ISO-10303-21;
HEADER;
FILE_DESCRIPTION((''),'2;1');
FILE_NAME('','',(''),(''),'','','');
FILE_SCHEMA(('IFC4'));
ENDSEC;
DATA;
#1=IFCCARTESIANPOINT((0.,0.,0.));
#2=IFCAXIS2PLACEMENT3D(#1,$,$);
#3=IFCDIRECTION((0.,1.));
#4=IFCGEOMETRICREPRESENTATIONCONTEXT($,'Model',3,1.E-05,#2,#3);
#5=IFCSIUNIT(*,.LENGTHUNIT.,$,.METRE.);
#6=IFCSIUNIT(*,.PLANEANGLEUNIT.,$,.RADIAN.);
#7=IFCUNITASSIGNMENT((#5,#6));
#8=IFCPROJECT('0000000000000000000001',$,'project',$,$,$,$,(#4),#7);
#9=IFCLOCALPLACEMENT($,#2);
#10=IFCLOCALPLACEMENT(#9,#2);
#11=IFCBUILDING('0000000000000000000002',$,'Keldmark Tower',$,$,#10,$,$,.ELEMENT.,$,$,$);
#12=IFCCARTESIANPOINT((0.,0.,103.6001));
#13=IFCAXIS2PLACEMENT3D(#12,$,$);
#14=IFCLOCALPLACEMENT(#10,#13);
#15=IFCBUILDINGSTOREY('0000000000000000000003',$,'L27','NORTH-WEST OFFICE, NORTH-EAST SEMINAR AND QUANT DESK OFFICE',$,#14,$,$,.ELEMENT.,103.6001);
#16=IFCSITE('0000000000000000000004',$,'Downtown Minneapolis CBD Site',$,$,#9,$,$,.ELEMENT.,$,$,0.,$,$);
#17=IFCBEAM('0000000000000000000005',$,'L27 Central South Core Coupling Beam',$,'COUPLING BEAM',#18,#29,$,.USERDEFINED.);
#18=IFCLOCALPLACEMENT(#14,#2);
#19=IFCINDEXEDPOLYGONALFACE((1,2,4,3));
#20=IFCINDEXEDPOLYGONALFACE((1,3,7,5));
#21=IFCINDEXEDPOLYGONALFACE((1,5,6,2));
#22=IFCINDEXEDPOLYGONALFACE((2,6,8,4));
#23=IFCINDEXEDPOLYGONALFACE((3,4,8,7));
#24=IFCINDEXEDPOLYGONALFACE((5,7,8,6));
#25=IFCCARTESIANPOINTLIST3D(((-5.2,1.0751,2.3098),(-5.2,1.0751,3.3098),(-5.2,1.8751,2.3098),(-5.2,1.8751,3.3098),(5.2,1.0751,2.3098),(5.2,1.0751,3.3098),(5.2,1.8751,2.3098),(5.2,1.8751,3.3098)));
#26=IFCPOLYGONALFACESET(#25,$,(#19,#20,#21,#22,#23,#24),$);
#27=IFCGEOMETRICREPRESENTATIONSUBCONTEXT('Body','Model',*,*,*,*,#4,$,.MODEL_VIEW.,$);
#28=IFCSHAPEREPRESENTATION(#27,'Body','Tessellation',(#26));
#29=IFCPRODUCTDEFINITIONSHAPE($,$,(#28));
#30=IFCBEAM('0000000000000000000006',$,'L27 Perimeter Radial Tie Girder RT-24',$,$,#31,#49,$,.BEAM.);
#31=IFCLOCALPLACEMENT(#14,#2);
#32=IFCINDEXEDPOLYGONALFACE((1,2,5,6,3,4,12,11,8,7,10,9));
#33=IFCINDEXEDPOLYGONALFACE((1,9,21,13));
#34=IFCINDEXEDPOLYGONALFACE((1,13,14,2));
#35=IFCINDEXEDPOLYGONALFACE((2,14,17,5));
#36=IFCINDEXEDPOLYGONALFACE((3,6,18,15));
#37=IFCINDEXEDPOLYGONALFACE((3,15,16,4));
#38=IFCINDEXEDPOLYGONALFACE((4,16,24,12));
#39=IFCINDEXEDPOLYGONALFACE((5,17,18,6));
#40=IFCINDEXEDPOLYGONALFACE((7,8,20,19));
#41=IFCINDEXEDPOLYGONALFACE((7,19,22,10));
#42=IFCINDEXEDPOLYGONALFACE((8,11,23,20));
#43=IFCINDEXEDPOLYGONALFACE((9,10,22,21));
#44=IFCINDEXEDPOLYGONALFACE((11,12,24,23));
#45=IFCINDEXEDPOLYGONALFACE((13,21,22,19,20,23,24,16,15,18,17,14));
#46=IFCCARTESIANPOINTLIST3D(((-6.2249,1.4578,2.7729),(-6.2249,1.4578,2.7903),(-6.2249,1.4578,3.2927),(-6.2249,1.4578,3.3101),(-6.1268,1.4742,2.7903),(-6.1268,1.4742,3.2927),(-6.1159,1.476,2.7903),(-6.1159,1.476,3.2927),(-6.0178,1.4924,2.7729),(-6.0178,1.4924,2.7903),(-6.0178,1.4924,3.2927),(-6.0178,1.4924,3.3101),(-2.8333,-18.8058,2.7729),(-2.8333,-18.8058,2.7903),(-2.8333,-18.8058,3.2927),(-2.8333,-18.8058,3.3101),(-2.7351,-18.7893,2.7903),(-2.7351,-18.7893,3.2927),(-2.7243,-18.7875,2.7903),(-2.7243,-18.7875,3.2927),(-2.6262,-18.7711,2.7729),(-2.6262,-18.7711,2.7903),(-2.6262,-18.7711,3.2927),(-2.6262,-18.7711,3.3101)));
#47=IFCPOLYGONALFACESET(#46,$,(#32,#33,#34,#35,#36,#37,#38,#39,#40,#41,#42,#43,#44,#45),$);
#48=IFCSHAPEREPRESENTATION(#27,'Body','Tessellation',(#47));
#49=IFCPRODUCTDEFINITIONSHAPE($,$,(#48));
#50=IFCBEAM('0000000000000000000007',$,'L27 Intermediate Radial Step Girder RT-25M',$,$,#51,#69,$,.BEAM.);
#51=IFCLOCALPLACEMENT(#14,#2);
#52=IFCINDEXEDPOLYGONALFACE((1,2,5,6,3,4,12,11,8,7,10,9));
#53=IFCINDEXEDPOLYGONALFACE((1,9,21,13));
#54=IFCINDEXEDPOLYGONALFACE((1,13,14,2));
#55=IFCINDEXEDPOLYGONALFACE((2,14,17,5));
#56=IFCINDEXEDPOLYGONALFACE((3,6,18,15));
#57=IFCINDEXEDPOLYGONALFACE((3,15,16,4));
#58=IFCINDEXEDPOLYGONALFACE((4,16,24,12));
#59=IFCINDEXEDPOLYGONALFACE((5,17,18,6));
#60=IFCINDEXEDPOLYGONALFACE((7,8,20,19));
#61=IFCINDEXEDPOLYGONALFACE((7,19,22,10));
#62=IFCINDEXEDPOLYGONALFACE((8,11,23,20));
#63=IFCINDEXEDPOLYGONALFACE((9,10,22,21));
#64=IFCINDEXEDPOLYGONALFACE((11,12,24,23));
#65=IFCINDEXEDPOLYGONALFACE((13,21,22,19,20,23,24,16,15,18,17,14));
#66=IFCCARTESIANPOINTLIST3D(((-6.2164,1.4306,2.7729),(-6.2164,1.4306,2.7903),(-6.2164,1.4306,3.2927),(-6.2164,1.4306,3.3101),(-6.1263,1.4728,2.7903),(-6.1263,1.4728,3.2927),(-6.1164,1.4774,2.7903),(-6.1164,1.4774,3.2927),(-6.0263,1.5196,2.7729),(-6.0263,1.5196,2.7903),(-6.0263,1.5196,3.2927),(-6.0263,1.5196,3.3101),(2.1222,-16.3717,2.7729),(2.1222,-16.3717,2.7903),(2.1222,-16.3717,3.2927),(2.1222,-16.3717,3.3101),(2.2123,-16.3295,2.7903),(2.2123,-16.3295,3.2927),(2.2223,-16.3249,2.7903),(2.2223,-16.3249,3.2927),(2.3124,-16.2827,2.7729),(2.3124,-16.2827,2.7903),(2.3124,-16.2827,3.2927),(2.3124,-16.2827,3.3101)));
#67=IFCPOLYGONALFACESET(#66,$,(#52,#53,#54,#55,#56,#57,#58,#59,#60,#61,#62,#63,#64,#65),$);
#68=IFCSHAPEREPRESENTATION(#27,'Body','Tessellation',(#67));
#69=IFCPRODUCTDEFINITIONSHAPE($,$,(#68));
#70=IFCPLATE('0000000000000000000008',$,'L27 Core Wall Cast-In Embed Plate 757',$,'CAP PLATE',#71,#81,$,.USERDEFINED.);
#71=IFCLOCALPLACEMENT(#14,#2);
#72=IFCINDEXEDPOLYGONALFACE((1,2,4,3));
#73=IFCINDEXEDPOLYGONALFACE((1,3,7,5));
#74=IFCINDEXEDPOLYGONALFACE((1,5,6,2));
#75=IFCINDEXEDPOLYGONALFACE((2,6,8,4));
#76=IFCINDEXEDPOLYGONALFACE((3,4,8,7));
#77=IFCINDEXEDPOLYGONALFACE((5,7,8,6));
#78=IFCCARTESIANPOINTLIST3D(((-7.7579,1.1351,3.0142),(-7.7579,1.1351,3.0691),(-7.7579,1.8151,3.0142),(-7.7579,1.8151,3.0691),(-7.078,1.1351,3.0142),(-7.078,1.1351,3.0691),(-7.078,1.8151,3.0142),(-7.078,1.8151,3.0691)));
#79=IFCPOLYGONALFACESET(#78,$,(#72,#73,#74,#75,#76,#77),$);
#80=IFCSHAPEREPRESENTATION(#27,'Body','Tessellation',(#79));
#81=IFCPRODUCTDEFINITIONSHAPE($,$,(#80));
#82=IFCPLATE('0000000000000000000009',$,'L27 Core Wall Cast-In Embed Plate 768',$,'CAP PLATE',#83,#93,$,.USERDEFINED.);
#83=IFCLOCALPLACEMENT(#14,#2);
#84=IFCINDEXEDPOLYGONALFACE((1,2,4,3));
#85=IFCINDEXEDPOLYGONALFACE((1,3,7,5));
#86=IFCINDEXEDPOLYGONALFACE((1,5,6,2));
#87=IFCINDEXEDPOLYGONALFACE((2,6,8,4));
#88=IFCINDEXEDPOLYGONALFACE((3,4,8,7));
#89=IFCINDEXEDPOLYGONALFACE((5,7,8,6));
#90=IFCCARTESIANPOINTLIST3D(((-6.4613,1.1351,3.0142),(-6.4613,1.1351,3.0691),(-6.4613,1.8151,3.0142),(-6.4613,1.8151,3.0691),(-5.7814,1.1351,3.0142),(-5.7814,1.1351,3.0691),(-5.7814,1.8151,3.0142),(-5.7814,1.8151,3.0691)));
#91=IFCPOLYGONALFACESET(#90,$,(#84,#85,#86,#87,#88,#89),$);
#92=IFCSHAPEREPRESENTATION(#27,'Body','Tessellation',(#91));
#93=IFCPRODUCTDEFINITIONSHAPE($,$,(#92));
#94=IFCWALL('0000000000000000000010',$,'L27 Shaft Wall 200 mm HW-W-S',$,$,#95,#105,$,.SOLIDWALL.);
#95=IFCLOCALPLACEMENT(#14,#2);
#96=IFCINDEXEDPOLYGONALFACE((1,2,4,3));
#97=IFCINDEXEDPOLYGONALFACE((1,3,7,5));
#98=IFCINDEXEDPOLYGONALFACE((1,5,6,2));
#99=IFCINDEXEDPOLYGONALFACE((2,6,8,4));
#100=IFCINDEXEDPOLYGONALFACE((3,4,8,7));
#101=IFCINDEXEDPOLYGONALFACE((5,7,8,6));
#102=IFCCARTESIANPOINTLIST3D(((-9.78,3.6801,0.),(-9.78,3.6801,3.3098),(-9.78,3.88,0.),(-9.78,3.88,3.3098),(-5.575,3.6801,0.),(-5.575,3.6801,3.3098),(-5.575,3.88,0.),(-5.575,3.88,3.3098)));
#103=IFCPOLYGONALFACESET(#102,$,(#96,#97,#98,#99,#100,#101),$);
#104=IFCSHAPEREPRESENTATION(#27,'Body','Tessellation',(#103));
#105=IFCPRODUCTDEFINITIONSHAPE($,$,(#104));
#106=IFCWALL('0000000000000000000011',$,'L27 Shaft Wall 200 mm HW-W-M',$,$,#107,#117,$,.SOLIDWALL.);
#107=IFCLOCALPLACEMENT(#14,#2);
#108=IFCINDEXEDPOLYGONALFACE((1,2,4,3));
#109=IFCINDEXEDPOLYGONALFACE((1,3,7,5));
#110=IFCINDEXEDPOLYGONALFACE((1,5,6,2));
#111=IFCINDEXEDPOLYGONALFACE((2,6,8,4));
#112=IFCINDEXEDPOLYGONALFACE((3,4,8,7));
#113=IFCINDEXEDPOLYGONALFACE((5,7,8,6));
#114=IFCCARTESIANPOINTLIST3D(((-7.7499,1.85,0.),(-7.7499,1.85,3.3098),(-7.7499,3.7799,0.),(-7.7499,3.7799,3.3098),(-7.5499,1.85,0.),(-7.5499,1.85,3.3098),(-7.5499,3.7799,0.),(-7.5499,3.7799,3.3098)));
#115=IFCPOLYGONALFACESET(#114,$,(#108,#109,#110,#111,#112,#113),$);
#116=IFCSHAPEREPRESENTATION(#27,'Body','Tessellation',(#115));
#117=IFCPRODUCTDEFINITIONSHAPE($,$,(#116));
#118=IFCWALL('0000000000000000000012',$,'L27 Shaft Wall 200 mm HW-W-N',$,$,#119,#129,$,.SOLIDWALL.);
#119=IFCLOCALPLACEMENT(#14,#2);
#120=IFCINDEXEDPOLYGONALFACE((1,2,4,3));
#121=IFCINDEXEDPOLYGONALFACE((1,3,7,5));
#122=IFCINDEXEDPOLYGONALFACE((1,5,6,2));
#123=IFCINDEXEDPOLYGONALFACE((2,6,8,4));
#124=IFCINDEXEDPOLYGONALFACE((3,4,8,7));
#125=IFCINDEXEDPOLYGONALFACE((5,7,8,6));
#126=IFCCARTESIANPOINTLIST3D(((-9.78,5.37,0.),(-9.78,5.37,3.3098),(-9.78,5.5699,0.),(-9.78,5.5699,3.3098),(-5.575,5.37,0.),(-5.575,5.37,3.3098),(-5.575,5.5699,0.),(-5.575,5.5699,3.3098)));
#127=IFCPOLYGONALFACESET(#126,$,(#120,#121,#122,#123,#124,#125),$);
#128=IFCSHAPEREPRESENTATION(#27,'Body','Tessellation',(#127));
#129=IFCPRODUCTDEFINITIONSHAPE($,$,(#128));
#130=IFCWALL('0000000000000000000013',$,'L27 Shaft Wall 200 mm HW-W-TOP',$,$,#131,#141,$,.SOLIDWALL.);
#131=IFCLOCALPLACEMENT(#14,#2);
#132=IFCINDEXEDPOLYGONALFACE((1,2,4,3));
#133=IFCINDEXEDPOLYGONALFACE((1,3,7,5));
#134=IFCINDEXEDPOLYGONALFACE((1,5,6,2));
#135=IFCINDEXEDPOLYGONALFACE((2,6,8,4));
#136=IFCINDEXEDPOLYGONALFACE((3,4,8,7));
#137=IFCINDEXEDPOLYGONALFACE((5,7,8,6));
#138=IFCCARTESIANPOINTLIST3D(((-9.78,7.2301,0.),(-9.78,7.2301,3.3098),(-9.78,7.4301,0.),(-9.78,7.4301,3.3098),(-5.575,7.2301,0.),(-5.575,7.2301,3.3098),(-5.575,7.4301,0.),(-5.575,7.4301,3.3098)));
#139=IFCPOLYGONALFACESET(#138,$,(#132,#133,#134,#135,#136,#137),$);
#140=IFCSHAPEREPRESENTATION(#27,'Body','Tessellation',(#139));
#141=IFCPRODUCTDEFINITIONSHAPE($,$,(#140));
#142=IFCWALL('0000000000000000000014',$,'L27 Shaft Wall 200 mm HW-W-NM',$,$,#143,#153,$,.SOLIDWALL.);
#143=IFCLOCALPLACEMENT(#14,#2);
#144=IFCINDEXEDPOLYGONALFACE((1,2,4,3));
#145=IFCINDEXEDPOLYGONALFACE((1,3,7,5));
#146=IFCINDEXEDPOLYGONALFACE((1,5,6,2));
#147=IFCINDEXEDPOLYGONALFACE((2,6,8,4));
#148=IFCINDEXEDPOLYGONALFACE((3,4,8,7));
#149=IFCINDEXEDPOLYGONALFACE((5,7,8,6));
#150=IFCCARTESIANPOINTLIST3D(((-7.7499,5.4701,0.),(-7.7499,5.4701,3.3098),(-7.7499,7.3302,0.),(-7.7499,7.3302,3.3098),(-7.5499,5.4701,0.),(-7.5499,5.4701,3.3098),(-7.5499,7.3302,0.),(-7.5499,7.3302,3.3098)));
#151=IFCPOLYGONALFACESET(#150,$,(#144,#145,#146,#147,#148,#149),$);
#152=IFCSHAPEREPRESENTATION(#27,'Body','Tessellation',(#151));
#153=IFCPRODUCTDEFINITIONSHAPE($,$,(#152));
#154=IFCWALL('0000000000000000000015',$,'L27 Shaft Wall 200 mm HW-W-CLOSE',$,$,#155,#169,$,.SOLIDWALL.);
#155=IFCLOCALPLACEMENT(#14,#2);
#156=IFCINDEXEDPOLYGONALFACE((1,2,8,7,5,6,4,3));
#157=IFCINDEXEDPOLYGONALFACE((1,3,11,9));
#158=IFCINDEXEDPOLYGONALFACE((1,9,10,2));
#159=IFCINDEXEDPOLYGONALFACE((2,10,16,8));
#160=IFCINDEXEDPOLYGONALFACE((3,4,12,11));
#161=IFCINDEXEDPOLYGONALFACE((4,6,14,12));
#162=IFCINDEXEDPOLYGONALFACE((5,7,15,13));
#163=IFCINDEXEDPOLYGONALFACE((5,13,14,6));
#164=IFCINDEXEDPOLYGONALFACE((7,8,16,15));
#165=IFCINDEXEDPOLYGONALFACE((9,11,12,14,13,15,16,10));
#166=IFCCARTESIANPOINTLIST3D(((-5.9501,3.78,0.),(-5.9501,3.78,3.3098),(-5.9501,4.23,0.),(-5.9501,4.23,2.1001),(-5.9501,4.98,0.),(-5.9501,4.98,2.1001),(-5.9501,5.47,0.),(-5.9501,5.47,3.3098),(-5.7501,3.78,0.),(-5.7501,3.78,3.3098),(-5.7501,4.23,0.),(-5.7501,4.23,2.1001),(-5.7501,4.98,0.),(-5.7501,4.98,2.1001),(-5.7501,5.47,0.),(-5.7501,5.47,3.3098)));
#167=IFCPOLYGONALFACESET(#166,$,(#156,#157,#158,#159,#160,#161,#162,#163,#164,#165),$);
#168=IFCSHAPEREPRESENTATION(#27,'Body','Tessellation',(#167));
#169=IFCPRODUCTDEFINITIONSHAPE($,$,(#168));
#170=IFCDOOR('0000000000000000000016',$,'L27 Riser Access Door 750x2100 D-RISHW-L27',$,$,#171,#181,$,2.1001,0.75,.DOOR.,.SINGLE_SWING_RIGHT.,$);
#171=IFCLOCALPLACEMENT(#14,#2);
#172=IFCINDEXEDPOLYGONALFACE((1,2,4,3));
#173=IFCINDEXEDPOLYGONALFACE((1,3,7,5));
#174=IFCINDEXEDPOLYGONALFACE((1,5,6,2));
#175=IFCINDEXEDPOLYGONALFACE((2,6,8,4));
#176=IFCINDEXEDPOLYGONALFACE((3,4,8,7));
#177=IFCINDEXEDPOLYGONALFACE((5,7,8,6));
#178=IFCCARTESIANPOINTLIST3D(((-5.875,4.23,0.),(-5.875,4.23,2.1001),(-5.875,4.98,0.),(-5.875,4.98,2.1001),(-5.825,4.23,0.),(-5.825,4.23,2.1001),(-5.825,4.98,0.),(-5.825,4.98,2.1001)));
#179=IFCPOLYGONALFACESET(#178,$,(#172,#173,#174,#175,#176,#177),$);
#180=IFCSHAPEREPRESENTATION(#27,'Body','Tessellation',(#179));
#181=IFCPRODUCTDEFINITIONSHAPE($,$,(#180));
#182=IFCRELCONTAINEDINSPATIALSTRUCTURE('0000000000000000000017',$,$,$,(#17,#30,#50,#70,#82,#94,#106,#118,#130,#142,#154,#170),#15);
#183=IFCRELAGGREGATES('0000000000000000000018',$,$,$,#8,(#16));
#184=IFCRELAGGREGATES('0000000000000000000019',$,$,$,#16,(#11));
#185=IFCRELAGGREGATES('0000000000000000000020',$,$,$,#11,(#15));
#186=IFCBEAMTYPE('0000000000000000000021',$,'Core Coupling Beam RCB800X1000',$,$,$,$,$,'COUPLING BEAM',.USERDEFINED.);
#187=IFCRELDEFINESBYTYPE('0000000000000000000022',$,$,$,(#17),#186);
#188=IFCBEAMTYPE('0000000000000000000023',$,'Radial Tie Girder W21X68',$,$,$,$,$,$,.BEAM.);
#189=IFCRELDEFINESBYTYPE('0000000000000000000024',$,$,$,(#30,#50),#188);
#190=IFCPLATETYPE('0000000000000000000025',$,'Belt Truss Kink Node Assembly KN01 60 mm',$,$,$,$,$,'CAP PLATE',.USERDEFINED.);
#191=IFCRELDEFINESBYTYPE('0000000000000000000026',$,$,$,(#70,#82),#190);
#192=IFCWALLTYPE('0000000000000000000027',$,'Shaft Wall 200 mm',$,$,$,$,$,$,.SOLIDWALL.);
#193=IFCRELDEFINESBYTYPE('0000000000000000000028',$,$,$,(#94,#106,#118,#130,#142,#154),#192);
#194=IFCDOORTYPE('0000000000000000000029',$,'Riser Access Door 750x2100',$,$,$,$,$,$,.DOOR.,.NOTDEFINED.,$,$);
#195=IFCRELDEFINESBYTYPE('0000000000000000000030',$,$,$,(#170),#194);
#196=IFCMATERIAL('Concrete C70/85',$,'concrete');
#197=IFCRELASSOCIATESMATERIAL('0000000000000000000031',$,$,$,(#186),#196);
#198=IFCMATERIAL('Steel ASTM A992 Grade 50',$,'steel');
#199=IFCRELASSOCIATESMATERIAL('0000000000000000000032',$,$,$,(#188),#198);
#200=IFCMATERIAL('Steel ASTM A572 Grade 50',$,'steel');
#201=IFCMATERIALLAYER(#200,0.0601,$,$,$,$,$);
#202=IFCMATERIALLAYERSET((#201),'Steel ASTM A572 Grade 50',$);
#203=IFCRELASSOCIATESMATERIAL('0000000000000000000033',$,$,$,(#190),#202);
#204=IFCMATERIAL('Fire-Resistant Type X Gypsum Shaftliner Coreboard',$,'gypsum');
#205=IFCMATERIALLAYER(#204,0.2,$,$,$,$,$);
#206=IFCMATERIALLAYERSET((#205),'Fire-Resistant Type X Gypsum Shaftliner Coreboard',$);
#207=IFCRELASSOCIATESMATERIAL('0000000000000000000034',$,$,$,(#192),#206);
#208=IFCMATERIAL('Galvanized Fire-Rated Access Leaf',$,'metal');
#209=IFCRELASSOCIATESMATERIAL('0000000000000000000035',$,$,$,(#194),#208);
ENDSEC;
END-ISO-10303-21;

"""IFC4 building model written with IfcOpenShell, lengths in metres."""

from ifc_helpers import new_model, si_unit, direction, frame, frame_2d, origin, origin_2d, place, context, subcontext, project, spatial, rectangle, i_section, extrude, material, layer, layer_set, material_profile, profile_set, type_object, element, fill, save


model = new_model("IFC4")

# Units and contexts
model_context = context("Model", 3, precision=1e-05, world=origin(), true_north=direction((0.0, 1.0)))
body_context = subcontext(model_context, "Body", "Model", "MODEL_VIEW")
ifc_project = project(units=[si_unit("LENGTHUNIT", "METRE"), si_unit("PLANEANGLEUNIT", "RADIAN")], contexts=[model_context])

# Site, building, storey
site_placement = place(None, origin())
site = spatial("IfcSite", under=ifc_project, at=site_placement, Name="Downtown Minneapolis CBD Site", CompositionType="ELEMENT", RefElevation=0.0)
building_placement = place(site_placement, origin())
building = spatial("IfcBuilding", under=site, at=building_placement, Name="Keldmark Tower", CompositionType="ELEMENT")
storey_placement = place(building_placement, frame((0.0, 0.0, 103.6001)))
storey = spatial("IfcBuildingStorey", under=building, at=storey_placement, Name="L27", Description="NORTH-WEST OFFICE, NORTH-EAST SEMINAR AND QUANT DESK OFFICE", CompositionType="ELEMENT", Elevation=103.6001)

# Beams
ifc_material_1 = material(Name="Concrete C70/85", Category="concrete")
ifc_material_profile_1 = material_profile(ifc_material_1, rectangle(XDim=0.8, YDim=1.0, at=origin_2d()), Name="RCB800X1000")
ifc_profile_set_1 = profile_set([ifc_material_profile_1], Name="Concrete C70/85")
beam_type_1 = type_object("IfcBeamType", Name="Core Coupling Beam RCB800X1000", ElementType="COUPLING BEAM", PredefinedType="USERDEFINED", material=ifc_profile_set_1)
beam_1_placement = place(storey_placement, frame((-5.2, 1.4751, 2.8098), z_axis=(1.0, 0.0, 0.0), x_axis=(0.0, 1.0, 0.0)))
element("IfcBeam", 1, at=beam_1_placement, inside=storey, type_object=beam_type_1, Name="L27 Central South Core Coupling Beam", ObjectType="COUPLING BEAM", PredefinedType="USERDEFINED", context=body_context, shape_type="SweptSolid", body=[
    extrude(rectangle(XDim=0.8, YDim=1.0, at=origin_2d()), origin(), (0.0, 0.0, 1.0), 10.3999),
])
ifc_material_2 = material(Name="Steel ASTM A992 Grade 50", Category="steel")
ifc_material_profile_2 = material_profile(ifc_material_2, i_section(OverallWidth=0.21, OverallDepth=0.5371, WebThickness=0.011, FlangeThickness=0.0173, at=origin_2d()), Name="W21X68")
ifc_profile_set_2 = profile_set([ifc_material_profile_2], Name="Steel ASTM A992 Grade 50")
beam_type_2 = type_object("IfcBeamType", Name="Radial Tie Girder W21X68", PredefinedType="BEAM", material=ifc_profile_set_2)
beam_2_placement = place(storey_placement, frame((-6.1213, 1.4751, 3.0415), z_axis=(0.165079, -0.98628, 0.0), x_axis=(0.98628, 0.165079, 0.0)))
element("IfcBeam", 2, at=beam_2_placement, inside=storey, type_object=beam_type_2, Name="L27 Perimeter Radial Tie Girder RT-24", PredefinedType="BEAM", context=body_context, shape_type="SweptSolid", body=[
    extrude(i_section(OverallWidth=0.21, OverallDepth=0.5371, WebThickness=0.011, FlangeThickness=0.0173, at=origin_2d()), origin(), (0.0, 0.0, 1.0), 20.5454),
])
beam_3_placement = place(storey_placement, frame((-6.1213, 1.4751, 3.0415), z_axis=(0.424176, -0.90558, 0.0), x_axis=(0.90558, 0.424176, 0.0)))
element("IfcBeam", 3, at=beam_3_placement, inside=storey, type_object=beam_type_2, Name="L27 Intermediate Radial Step Girder RT-25M", PredefinedType="BEAM", context=body_context, shape_type="SweptSolid", body=[
    extrude(i_section(OverallWidth=0.21, OverallDepth=0.5371, WebThickness=0.011, FlangeThickness=0.0173, at=origin_2d()), origin(), (0.0, 0.0, 1.0), 19.6584),
])

# Plates
ifc_material_3 = material(Name="Steel ASTM A572 Grade 50", Category="steel")
ifc_layer_1 = layer(ifc_material_3, 0.0601)
ifc_layer_set_1 = layer_set([ifc_layer_1], Name="Steel ASTM A572 Grade 50")
plate_type = type_object("IfcPlateType", Name="Belt Truss Kink Node Assembly KN01 60 mm", ElementType="CAP PLATE", PredefinedType="USERDEFINED", material=ifc_layer_set_1)
for number, where, z_axis, x_axis, name in (
    (4, (-7.418, 1.4751, 3.0142), (0.0, 0.0, 1.0), (1.0, 0.0, 0.0), "L27 Core Wall Cast-In Embed Plate 757"),
    (5, (-6.1213, 1.4751, 3.0142), (0.0, 0.0, 1.0), (1.0, 0.0, 0.0), "L27 Core Wall Cast-In Embed Plate 768"),
):
    element("IfcPlate", number, at=place(storey_placement, frame(where, z_axis=z_axis, x_axis=x_axis)), inside=storey, type_object=plate_type, Name=name, ObjectType="CAP PLATE", PredefinedType="USERDEFINED", context=body_context, shape_type="SweptSolid", body=[
        extrude(rectangle(XDim=0.6799, YDim=0.6799, at=origin_2d()), origin(), (0.0, 0.0, 1.0), 0.0549),
    ])

# Walls
ifc_material_4 = material(Name="Fire-Resistant Type X Gypsum Shaftliner Coreboard", Category="gypsum")
ifc_layer_2 = layer(ifc_material_4, 0.2)
ifc_layer_set_2 = layer_set([ifc_layer_2], Name="Fire-Resistant Type X Gypsum Shaftliner Coreboard")
wall_type_1 = type_object("IfcWallType", Name="Shaft Wall 200 mm", PredefinedType="SOLIDWALL", material=ifc_layer_set_2)
wall_1_placement = place(storey_placement, frame((-9.78, 3.78, 0.0), z_axis=(0.0, 0.0, 1.0), x_axis=(1.0, 0.0, 0.0)))
element("IfcWall", 6, at=wall_1_placement, inside=storey, type_object=wall_type_1, Name="L27 Shaft Wall 200 mm HW-W-S", PredefinedType="SOLIDWALL", context=body_context, shape_type="SweptSolid", body=[
    extrude(rectangle(XDim=4.2051, YDim=0.2, at=frame_2d((2.1025, 0.0))), origin(), (0.0, 0.0, 1.0), 3.3098),
])
wall_2_placement = place(storey_placement, frame((-7.6499, 1.8501, 0.0), z_axis=(0.0, 0.0, 1.0), x_axis=(0.0, 1.0, 0.0)))
element("IfcWall", 7, at=wall_2_placement, inside=storey, type_object=wall_type_1, Name="L27 Shaft Wall 200 mm HW-W-M", PredefinedType="SOLIDWALL", context=body_context, shape_type="SweptSolid", body=[
    extrude(rectangle(XDim=1.9299, YDim=0.2, at=frame_2d((0.9648, 0.0))), origin(), (0.0, 0.0, 1.0), 3.3098),
])
for number, where, z_axis, x_axis, name in (
    (8, (-9.78, 5.47, 0.0), (0.0, 0.0, 1.0), (1.0, 0.0, 0.0), "L27 Shaft Wall 200 mm HW-W-N"),
    (9, (-9.78, 7.3301, 0.0), (0.0, 0.0, 1.0), (1.0, 0.0, 0.0), "L27 Shaft Wall 200 mm HW-W-TOP"),
):
    element("IfcWall", number, at=place(storey_placement, frame(where, z_axis=z_axis, x_axis=x_axis)), inside=storey, type_object=wall_type_1, Name=name, PredefinedType="SOLIDWALL", context=body_context, shape_type="SweptSolid", body=[
        extrude(rectangle(XDim=4.2051, YDim=0.2, at=frame_2d((2.1025, 0.0))), origin(), (0.0, 0.0, 1.0), 3.3098),
    ])
wall_3_placement = place(storey_placement, frame((-7.6499, 5.47, 0.0), z_axis=(0.0, 0.0, 1.0), x_axis=(0.0, 1.0, 0.0)))
element("IfcWall", 10, at=wall_3_placement, inside=storey, type_object=wall_type_1, Name="L27 Shaft Wall 200 mm HW-W-NM", PredefinedType="SOLIDWALL", context=body_context, shape_type="SweptSolid", body=[
    extrude(rectangle(XDim=1.8601, YDim=0.2, at=frame_2d((0.9302, 0.0))), origin(), (0.0, 0.0, 1.0), 3.3098),
])

# Wall, opening, door
wall_4_placement = place(storey_placement, frame((-5.8501, 3.78, 0.0), z_axis=(0.0, 0.0, 1.0), x_axis=(0.0, 1.0, 0.0)))
wall_4 = element("IfcWall", 11, at=wall_4_placement, inside=storey, type_object=wall_type_1, Name="L27 Shaft Wall 200 mm HW-W-CLOSE", PredefinedType="SOLIDWALL", context=body_context, shape_type="SweptSolid", body=[
    extrude(rectangle(XDim=1.6899, YDim=0.2, at=frame_2d((0.845, 0.0))), origin(), (0.0, 0.0, 1.0), 3.3098),
])
opening_placement = place(wall_4_placement, frame((0.45, 0.0, 0.0)))
opening = element("IfcOpeningElement", 12, at=opening_placement, cuts=wall_4, PredefinedType="OPENING", context=body_context, shape_type="SweptSolid", body=[
    extrude(rectangle(XDim=0.75, YDim=2.1001, at=frame_2d((0.375, 1.05))), frame((0.0, 0.1099, 0.0), z_axis=(0.0, -1.0, 0.0), x_axis=(1.0, 0.0, 0.0)), (0.0, 0.0, 1.0), 0.22),
])
ifc_material_5 = material(Name="Galvanized Fire-Rated Access Leaf", Category="metal")
door_type = type_object("IfcDoorType", Name="Riser Access Door 750x2100", OperationType="NOTDEFINED", PredefinedType="DOOR", material=ifc_material_5)
door_placement = place(opening_placement, origin())
door = element("IfcDoor", 13, at=door_placement, inside=storey, type_object=door_type, Name="L27 Riser Access Door 750x2100 D-RISHW-L27", OperationType="SINGLE_SWING_RIGHT", OverallHeight=2.1001, OverallWidth=0.75, PredefinedType="DOOR", context=body_context, shape_type="SweptSolid", body=[
    extrude(rectangle(XDim=0.75, YDim=2.1001, at=frame_2d((0.375, 1.05))), frame((0.0, 0.0249, 0.0), z_axis=(0.0, -1.0, 0.0), x_axis=(1.0, 0.0, 0.0)), (0.0, 0.0, 1.0), 0.05),
])
fill(opening, door)

save(model, "model.ifc")
